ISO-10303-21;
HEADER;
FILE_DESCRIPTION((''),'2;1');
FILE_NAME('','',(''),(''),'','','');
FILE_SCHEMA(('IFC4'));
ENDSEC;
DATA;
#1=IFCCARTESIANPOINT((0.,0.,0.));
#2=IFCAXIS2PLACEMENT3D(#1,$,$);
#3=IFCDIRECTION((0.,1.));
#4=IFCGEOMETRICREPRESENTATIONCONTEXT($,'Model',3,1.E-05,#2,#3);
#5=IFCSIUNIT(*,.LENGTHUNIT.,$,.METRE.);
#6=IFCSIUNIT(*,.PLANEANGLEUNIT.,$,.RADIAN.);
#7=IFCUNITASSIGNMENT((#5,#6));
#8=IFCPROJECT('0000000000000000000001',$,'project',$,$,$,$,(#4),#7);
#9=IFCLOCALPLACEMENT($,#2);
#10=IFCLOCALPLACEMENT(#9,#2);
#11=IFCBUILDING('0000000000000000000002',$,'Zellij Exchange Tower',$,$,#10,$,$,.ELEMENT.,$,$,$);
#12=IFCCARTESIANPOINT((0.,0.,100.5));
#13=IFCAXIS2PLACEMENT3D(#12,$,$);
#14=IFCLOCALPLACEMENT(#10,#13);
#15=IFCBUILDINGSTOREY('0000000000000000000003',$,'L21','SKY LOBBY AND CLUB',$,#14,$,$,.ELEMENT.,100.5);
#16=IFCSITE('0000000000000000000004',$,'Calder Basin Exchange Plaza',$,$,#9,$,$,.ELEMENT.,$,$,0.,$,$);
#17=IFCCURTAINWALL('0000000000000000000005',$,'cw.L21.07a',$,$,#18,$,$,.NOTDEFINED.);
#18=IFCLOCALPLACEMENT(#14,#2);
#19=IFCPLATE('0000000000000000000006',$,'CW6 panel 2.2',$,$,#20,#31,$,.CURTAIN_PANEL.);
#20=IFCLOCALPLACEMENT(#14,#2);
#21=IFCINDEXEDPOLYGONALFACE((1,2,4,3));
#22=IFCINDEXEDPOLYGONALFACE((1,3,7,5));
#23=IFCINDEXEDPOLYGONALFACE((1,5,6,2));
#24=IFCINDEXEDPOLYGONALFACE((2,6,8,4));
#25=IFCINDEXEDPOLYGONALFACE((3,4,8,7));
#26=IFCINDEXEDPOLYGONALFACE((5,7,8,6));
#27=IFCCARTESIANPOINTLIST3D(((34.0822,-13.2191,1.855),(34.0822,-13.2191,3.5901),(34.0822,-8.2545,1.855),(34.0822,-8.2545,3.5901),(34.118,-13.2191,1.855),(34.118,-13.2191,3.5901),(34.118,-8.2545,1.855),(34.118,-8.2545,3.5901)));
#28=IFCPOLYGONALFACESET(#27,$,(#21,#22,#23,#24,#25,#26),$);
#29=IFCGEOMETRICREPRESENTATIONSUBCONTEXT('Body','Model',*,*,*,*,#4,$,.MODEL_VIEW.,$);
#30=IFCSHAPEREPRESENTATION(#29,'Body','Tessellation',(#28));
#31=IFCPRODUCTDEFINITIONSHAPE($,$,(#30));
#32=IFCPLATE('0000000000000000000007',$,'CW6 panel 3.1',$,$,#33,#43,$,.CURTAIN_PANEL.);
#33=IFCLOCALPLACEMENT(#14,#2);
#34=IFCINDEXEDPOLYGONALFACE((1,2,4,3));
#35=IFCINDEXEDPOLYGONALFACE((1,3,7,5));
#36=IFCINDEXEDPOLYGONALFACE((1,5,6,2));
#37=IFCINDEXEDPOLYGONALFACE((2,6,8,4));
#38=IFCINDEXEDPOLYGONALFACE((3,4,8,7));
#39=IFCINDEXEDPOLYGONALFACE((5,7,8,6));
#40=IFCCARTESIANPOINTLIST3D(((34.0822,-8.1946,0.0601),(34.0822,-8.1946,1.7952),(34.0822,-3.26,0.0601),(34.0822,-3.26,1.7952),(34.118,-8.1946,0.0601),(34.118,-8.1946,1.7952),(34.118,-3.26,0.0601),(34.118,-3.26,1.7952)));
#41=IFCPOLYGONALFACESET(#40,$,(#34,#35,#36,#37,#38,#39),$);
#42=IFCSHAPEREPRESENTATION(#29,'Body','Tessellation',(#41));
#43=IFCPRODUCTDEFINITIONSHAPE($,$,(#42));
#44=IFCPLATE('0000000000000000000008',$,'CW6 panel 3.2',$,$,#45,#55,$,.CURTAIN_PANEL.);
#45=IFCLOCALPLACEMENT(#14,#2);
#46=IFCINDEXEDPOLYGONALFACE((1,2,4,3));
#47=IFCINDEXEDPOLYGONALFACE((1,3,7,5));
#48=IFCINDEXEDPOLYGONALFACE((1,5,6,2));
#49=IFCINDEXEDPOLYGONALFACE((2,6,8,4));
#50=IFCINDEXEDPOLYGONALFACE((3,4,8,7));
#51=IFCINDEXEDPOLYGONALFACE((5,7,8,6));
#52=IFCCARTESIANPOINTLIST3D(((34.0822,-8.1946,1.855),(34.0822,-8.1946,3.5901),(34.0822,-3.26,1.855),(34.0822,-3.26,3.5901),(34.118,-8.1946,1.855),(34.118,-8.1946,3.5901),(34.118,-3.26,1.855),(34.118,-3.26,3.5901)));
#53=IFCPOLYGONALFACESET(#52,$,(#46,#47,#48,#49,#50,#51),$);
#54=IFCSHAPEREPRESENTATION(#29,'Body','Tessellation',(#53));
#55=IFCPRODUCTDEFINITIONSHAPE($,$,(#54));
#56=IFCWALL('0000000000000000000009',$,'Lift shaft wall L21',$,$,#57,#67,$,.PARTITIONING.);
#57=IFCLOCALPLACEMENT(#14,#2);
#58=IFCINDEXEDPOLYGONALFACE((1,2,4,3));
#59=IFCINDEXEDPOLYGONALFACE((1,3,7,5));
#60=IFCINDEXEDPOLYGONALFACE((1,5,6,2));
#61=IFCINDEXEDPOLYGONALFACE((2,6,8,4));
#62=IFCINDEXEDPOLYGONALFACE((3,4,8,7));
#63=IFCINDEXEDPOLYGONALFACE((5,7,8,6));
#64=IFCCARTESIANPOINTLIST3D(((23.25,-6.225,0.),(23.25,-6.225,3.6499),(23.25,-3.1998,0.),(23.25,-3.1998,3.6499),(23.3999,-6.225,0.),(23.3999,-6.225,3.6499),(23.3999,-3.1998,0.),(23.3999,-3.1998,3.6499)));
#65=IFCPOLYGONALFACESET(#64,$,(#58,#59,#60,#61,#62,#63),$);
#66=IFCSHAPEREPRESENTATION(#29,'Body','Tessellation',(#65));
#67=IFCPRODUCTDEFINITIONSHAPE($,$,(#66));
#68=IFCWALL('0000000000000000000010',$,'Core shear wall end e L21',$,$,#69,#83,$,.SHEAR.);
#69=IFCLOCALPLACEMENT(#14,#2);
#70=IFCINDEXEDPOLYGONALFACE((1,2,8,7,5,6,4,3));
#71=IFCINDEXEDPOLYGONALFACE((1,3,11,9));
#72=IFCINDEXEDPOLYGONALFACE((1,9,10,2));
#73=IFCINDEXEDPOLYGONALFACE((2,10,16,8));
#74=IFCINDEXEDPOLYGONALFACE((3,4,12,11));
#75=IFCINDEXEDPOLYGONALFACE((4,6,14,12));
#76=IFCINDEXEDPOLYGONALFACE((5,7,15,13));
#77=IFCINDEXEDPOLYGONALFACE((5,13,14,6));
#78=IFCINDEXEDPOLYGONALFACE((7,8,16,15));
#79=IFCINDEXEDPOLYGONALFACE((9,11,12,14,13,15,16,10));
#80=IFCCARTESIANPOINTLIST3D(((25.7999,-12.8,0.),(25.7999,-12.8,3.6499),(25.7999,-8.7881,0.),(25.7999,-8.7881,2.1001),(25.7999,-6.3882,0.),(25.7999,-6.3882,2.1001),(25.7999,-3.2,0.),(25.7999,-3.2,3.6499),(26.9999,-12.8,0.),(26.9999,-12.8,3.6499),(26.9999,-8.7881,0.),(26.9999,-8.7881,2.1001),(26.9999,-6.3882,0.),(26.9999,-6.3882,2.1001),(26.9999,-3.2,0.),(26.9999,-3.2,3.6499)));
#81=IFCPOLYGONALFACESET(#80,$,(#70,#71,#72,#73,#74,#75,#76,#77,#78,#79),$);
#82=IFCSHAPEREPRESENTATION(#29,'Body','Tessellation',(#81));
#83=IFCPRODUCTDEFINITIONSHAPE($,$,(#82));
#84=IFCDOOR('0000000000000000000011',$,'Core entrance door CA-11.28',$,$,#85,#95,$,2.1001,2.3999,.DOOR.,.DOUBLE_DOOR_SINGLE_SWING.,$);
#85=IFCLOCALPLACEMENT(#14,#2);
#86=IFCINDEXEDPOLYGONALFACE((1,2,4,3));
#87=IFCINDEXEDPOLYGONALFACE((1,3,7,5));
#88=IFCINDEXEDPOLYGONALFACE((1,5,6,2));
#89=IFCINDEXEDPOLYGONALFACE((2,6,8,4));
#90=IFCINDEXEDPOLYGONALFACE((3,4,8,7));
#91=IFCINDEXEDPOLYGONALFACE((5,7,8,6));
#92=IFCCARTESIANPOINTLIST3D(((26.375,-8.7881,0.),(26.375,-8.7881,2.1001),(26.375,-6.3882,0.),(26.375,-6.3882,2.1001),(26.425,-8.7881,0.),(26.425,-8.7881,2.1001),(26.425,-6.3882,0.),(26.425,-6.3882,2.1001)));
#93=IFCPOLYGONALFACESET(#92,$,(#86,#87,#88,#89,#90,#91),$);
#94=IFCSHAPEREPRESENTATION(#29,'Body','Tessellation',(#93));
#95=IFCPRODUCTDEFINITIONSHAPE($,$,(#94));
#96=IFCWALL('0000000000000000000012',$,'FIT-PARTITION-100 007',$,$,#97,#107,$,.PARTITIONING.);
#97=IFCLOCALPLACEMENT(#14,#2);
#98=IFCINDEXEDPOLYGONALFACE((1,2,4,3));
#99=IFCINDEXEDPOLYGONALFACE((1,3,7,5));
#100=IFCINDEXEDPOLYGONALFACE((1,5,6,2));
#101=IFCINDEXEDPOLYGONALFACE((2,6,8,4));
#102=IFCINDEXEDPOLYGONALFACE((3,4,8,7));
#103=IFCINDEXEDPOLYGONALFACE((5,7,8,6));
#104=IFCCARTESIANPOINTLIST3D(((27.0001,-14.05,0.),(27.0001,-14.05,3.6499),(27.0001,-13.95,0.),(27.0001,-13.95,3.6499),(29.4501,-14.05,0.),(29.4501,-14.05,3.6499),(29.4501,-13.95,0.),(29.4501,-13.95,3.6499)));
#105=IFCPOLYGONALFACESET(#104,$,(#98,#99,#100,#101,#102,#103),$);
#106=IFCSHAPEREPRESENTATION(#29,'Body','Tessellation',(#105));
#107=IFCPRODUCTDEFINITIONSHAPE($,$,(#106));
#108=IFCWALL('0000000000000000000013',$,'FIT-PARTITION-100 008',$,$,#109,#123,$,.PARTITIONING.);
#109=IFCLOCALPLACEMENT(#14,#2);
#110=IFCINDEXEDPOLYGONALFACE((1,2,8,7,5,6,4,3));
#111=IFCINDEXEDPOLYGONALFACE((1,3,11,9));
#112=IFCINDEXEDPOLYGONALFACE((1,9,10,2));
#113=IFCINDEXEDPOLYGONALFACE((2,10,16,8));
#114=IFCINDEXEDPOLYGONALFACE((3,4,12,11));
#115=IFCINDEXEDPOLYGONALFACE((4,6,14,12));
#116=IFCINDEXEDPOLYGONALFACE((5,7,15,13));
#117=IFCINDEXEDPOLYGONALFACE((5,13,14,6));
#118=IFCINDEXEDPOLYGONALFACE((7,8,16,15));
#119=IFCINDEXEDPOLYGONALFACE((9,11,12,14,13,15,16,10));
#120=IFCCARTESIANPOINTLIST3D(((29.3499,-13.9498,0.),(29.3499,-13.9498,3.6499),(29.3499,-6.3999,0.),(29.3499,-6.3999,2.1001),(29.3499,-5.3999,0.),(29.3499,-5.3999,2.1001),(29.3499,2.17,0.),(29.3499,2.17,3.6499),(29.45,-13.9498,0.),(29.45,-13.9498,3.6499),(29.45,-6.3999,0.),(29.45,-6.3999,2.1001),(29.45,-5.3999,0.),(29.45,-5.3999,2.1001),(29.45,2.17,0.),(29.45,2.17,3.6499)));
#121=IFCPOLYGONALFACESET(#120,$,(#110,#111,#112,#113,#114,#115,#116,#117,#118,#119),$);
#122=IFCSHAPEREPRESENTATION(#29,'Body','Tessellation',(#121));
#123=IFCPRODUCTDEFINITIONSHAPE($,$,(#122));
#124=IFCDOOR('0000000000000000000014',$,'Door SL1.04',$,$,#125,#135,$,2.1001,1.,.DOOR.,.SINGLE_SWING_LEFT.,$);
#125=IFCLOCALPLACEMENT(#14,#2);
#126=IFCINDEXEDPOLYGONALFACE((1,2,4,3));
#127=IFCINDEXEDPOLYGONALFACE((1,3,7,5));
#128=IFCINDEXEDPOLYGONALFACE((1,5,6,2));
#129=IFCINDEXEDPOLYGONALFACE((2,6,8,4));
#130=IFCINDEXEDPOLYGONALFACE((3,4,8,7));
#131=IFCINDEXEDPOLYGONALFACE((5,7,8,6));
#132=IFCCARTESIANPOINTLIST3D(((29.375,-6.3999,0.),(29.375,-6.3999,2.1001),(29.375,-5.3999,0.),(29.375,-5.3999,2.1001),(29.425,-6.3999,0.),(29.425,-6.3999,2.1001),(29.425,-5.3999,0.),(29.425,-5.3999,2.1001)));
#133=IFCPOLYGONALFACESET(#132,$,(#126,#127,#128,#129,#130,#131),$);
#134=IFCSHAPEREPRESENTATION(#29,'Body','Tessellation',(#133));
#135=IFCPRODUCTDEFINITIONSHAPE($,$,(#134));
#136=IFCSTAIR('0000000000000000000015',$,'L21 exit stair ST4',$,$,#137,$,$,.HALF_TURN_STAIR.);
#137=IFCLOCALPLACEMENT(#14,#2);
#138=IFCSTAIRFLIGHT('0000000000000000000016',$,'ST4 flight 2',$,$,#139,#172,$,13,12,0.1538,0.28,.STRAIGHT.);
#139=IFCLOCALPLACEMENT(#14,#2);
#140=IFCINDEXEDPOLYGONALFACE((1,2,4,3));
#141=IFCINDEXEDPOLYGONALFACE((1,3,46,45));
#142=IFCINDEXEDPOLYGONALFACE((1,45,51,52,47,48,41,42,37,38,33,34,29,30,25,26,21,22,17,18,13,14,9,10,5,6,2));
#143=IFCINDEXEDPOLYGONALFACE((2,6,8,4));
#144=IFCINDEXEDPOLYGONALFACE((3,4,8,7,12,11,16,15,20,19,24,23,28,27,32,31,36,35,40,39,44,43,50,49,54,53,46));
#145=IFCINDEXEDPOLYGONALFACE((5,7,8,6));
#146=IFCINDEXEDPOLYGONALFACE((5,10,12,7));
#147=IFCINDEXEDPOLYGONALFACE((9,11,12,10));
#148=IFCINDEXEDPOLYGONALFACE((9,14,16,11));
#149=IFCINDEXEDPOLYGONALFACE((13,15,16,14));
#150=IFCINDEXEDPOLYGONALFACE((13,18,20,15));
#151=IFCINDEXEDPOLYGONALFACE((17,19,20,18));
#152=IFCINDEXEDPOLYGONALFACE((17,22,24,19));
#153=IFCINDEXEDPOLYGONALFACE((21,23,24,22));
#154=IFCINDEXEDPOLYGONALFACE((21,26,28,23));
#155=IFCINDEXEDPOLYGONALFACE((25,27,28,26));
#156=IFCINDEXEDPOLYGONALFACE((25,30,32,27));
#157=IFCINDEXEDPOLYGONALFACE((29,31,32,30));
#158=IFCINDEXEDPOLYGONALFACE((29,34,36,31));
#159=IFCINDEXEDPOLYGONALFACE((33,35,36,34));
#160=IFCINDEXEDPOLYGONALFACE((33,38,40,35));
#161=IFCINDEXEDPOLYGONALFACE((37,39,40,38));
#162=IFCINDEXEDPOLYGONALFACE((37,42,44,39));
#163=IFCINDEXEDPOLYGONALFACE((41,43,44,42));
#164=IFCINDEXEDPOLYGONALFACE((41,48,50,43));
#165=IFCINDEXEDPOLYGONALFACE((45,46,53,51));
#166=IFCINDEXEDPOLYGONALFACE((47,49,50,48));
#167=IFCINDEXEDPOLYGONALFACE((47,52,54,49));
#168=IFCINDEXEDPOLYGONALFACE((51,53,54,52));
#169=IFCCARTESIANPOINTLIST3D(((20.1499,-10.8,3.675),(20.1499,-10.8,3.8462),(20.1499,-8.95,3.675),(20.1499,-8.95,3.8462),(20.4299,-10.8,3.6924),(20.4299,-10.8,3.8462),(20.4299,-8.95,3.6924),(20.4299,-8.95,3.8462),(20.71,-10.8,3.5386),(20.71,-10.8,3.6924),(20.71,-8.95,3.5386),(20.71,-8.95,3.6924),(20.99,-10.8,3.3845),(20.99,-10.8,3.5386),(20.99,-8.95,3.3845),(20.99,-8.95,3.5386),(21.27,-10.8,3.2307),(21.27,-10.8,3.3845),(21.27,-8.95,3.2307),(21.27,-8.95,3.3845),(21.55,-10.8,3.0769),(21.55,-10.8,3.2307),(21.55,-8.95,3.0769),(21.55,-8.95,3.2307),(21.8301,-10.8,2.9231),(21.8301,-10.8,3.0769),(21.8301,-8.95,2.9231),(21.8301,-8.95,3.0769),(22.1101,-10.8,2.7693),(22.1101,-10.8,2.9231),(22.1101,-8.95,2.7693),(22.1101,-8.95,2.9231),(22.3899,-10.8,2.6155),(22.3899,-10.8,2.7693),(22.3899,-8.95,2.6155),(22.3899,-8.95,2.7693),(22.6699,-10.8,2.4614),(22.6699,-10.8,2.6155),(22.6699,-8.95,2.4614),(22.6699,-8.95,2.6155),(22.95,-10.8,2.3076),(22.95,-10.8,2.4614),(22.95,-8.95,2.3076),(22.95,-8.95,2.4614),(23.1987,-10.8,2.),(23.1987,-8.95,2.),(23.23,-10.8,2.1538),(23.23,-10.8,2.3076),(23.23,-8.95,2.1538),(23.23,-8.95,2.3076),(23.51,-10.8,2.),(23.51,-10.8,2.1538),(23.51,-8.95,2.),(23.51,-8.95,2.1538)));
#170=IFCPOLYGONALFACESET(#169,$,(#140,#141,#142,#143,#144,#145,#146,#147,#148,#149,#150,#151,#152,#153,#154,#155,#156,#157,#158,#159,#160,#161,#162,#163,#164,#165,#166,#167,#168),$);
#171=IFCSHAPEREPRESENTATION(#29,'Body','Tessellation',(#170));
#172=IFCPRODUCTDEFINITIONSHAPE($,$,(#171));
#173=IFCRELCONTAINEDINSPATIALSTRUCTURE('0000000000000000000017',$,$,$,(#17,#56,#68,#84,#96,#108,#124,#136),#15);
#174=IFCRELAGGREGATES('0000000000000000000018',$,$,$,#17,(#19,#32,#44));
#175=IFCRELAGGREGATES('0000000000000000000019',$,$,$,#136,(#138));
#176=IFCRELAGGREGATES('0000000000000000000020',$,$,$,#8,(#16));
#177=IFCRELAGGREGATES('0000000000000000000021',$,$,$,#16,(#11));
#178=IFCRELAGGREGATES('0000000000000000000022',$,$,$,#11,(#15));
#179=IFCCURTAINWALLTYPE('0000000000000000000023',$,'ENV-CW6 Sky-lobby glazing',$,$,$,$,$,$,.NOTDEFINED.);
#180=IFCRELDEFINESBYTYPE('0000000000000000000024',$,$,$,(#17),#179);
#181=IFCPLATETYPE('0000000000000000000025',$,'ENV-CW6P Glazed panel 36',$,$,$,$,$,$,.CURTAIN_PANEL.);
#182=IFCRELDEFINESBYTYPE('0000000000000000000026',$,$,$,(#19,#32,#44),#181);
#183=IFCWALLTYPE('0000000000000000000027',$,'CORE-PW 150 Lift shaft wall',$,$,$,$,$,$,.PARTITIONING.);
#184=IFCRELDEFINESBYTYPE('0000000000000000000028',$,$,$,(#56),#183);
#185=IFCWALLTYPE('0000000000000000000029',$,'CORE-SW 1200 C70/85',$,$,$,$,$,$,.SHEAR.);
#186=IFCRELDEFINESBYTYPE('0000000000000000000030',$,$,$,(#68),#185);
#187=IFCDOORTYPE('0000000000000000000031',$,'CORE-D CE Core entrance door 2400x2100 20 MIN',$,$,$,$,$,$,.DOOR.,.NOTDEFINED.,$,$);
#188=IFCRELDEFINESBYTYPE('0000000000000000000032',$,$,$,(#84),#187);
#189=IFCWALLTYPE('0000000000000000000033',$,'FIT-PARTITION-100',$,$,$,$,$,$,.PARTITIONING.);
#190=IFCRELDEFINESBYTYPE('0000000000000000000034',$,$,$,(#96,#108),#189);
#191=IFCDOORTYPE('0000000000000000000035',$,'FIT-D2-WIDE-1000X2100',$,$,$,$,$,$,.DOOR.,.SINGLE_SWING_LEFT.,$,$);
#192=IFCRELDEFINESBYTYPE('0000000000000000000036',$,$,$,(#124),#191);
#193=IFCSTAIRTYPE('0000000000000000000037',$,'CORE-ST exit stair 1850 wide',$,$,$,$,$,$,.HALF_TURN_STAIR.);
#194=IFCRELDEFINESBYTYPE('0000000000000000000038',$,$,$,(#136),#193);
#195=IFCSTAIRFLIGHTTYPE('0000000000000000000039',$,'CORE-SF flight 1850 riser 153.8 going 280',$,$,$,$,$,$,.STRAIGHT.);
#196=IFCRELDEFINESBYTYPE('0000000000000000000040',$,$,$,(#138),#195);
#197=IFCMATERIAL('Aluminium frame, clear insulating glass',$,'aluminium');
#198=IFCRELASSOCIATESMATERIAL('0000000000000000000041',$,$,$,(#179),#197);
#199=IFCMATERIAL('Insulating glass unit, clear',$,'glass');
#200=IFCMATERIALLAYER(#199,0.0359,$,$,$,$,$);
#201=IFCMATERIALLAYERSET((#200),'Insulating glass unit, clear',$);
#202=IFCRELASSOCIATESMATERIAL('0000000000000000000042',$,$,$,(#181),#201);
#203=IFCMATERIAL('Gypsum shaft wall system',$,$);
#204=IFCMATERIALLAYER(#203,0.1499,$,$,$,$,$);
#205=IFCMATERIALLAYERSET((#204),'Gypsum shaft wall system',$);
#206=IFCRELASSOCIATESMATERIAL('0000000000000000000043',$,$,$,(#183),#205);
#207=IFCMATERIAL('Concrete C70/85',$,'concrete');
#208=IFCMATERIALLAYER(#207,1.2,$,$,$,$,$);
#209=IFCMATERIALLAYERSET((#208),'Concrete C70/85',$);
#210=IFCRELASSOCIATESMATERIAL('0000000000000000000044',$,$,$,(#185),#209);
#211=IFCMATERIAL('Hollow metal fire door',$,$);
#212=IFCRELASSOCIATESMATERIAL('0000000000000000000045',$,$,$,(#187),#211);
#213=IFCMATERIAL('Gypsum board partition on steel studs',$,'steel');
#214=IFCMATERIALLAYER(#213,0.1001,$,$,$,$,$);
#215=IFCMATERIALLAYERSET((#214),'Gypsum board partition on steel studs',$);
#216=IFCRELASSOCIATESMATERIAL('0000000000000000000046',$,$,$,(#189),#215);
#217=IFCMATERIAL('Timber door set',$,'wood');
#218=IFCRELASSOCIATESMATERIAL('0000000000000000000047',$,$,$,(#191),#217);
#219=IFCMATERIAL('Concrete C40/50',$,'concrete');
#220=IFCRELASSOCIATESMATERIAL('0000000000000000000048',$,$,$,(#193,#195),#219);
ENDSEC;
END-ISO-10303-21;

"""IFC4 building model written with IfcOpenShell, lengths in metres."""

from ifc_helpers import new_model, si_unit, direction, frame, frame_2d, origin, origin_2d, place, context, subcontext, project, spatial, polyline, rectangle, outline, extrude, material, layer, layer_set, type_object, element, fill, aggregate, save


model = new_model("IFC4")

# Units and contexts
model_context = context("Model", 3, precision=1e-05, world=origin(), true_north=direction((0.0, 1.0)))
body_context = subcontext(model_context, "Body", "Model", "MODEL_VIEW")
ifc_project = project(units=[si_unit("LENGTHUNIT", "METRE"), si_unit("PLANEANGLEUNIT", "RADIAN")], contexts=[model_context])

# Site, building, storey
site_placement = place(None, origin())
site = spatial("IfcSite", under=ifc_project, at=site_placement, Name="Calder Basin Exchange Plaza", CompositionType="ELEMENT", RefElevation=0.0)
building_placement = place(site_placement, origin())
building = spatial("IfcBuilding", under=site, at=building_placement, Name="Zellij Exchange Tower", CompositionType="ELEMENT")
storey_placement = place(building_placement, frame((0.0, 0.0, 100.5)))
storey = spatial("IfcBuildingStorey", under=building, at=storey_placement, Name="L21", Description="SKY LOBBY AND CLUB", CompositionType="ELEMENT", Elevation=100.5)

# Shared definitions
ifc_material_1 = material(Name="Concrete C70/85", Category="concrete")

# Curtain wall
ifc_material_2 = material(Name="Aluminium frame, clear insulating glass", Category="aluminium")
curtain_wall_type = type_object("IfcCurtainWallType", Name="ENV-CW6 Sky-lobby glazing", PredefinedType="NOTDEFINED", material=ifc_material_2)
curtain_wall_placement = place(storey_placement, origin())
curtain_wall = element("IfcCurtainWall", 1, at=curtain_wall_placement, inside=storey, type_object=curtain_wall_type, Name="cw.L21.07a", PredefinedType="NOTDEFINED")

# Plates
ifc_material_3 = material(Name="Insulating glass unit, clear", Category="glass")
ifc_layer_1 = layer(ifc_material_3, 0.0359)
ifc_layer_set_1 = layer_set([ifc_layer_1], Name="Insulating glass unit, clear")
plate_type = type_object("IfcPlateType", Name="ENV-CW6P Glazed panel 36", PredefinedType="CURTAIN_PANEL", material=ifc_layer_set_1)
plate_1_placement = place(storey_placement, frame((34.1001, -10.7368, 1.855), z_axis=(0.0, 0.0, 1.0), x_axis=(0.0, 1.0, 0.0)))
plate_1 = element("IfcPlate", 2, at=plate_1_placement, type_object=plate_type, Name="CW6 panel 2.2", PredefinedType="CURTAIN_PANEL", context=body_context, shape_type="SweptSolid", body=[
    extrude(rectangle(XDim=4.9646, YDim=0.0359, at=origin_2d()), origin(), (0.0, 0.0, 1.0), 1.7351),
])
plate_2_placement = place(storey_placement, frame((34.1001, -5.7273, 0.0601), z_axis=(0.0, 0.0, 1.0), x_axis=(0.0, 1.0, 0.0)))
plate_2 = element("IfcPlate", 3, at=plate_2_placement, type_object=plate_type, Name="CW6 panel 3.1", PredefinedType="CURTAIN_PANEL", context=body_context, shape_type="SweptSolid", body=[
    extrude(rectangle(XDim=4.9346, YDim=0.0359, at=origin_2d()), origin(), (0.0, 0.0, 1.0), 1.7351),
])
plate_3_placement = place(storey_placement, frame((34.1001, -5.7273, 1.855), z_axis=(0.0, 0.0, 1.0), x_axis=(0.0, 1.0, 0.0)))
plate_3 = element("IfcPlate", 4, at=plate_3_placement, type_object=plate_type, Name="CW6 panel 3.2", PredefinedType="CURTAIN_PANEL", context=body_context, shape_type="SweptSolid", body=[
    extrude(rectangle(XDim=4.9346, YDim=0.0359, at=origin_2d()), origin(), (0.0, 0.0, 1.0), 1.7351),
])
aggregate(curtain_wall, [plate_1, plate_2, plate_3])

# Wall
ifc_material_4 = material(Name="Gypsum shaft wall system")
ifc_layer_2 = layer(ifc_material_4, 0.1499)
ifc_layer_set_2 = layer_set([ifc_layer_2], Name="Gypsum shaft wall system")
wall_type_1 = type_object("IfcWallType", Name="CORE-PW 150 Lift shaft wall", PredefinedType="PARTITIONING", material=ifc_layer_set_2)
wall_1_placement = place(storey_placement, frame((23.325, -6.2251, 0.0), z_axis=(0.0, 0.0, 1.0), x_axis=(0.0, 1.0, 0.0)))
element("IfcWall", 5, at=wall_1_placement, inside=storey, type_object=wall_type_1, Name="Lift shaft wall L21", PredefinedType="PARTITIONING", context=body_context, shape_type="SweptSolid", body=[
    extrude(rectangle(XDim=3.0251, YDim=0.1499, at=frame_2d((1.5127, 0.0))), origin(), (0.0, 0.0, 1.0), 3.6499),
])

# Wall, opening, door
ifc_layer_3 = layer(ifc_material_1, 1.2)
ifc_layer_set_3 = layer_set([ifc_layer_3], Name="Concrete C70/85")
wall_type_2 = type_object("IfcWallType", Name="CORE-SW 1200 C70/85", PredefinedType="SHEAR", material=ifc_layer_set_3)
wall_2_placement = place(storey_placement, frame((26.3999, -12.8, 0.0), z_axis=(0.0, 0.0, 1.0), x_axis=(0.0, 1.0, 0.0)))
wall_2 = element("IfcWall", 6, at=wall_2_placement, inside=storey, type_object=wall_type_2, Name="Core shear wall end e L21", PredefinedType="SHEAR", context=body_context, shape_type="SweptSolid", body=[
    extrude(rectangle(XDim=9.6001, YDim=1.2, at=frame_2d((4.8, 0.0))), origin(), (0.0, 0.0, 1.0), 3.6499),
])
opening_1_placement = place(wall_2_placement, frame((4.012, 0.0, 0.0)))
opening_1 = element("IfcOpeningElement", 7, at=opening_1_placement, cuts=wall_2, PredefinedType="OPENING", context=body_context, shape_type="SweptSolid", body=[
    extrude(rectangle(XDim=2.3999, YDim=2.1001, at=frame_2d((1.2, 1.05))), frame((0.0, 0.6118, 0.0), z_axis=(0.0, -1.0, 0.0), x_axis=(1.0, 0.0, 0.0)), (0.0, 0.0, 1.0), 1.2239),
])
ifc_material_5 = material(Name="Hollow metal fire door")
door_type_1 = type_object("IfcDoorType", Name="CORE-D CE Core entrance door 2400x2100 20 MIN", OperationType="NOTDEFINED", PredefinedType="DOOR", material=ifc_material_5)
door_1_placement = place(opening_1_placement, origin())
door_1 = element("IfcDoor", 8, at=door_1_placement, inside=storey, type_object=door_type_1, Name="Core entrance door CA-11.28", OperationType="DOUBLE_DOOR_SINGLE_SWING", OverallHeight=2.1001, OverallWidth=2.3999, PredefinedType="DOOR", context=body_context, shape_type="SweptSolid", body=[
    extrude(rectangle(XDim=2.3999, YDim=2.1001, at=frame_2d((1.2, 1.05))), frame((0.0, 0.0249, 0.0), z_axis=(0.0, -1.0, 0.0), x_axis=(1.0, 0.0, 0.0)), (0.0, 0.0, 1.0), 0.05),
])
fill(opening_1, door_1)

# Wall
ifc_material_6 = material(Name="Gypsum board partition on steel studs", Category="steel")
ifc_layer_4 = layer(ifc_material_6, 0.1001)
ifc_layer_set_4 = layer_set([ifc_layer_4], Name="Gypsum board partition on steel studs")
wall_type_3 = type_object("IfcWallType", Name="FIT-PARTITION-100", PredefinedType="PARTITIONING", material=ifc_layer_set_4)
wall_3_placement = place(storey_placement, frame((27.0, -14.0, 0.0), z_axis=(0.0, 0.0, 1.0), x_axis=(1.0, 0.0, 0.0)))
element("IfcWall", 9, at=wall_3_placement, inside=storey, type_object=wall_type_3, Name="FIT-PARTITION-100 007", PredefinedType="PARTITIONING", context=body_context, shape_type="SweptSolid", body=[
    extrude(rectangle(XDim=2.45, YDim=0.1001, at=frame_2d((1.2251, 0.0))), origin(), (0.0, 0.0, 1.0), 3.6499),
])

# Wall, opening, door
wall_4_placement = place(storey_placement, frame((29.3999, -13.95, 0.0), z_axis=(0.0, 0.0, 1.0), x_axis=(0.0, 1.0, 0.0)))
wall_4 = element("IfcWall", 10, at=wall_4_placement, inside=storey, type_object=wall_type_3, Name="FIT-PARTITION-100 008", PredefinedType="PARTITIONING", context=body_context, shape_type="SweptSolid", body=[
    extrude(rectangle(XDim=16.1199, YDim=0.1001, at=frame_2d((8.0601, 0.0))), origin(), (0.0, 0.0, 1.0), 3.6499),
])
opening_2_placement = place(wall_4_placement, frame((7.55, 0.0, 0.0)))
opening_2 = element("IfcOpeningElement", 11, at=opening_2_placement, cuts=wall_4, PredefinedType="OPENING", context=body_context, shape_type="SweptSolid", body=[
    extrude(rectangle(XDim=1.0, YDim=2.1001, at=frame_2d((0.5, 1.05))), frame((0.0, 0.062, 0.0), z_axis=(0.0, -1.0, 0.0), x_axis=(1.0, 0.0, 0.0)), (0.0, 0.0, 1.0), 0.124),
])
ifc_material_7 = material(Name="Timber door set", Category="wood")
door_type_2 = type_object("IfcDoorType", Name="FIT-D2-WIDE-1000X2100", OperationType="SINGLE_SWING_LEFT", PredefinedType="DOOR", material=ifc_material_7)
door_2_placement = place(opening_2_placement, origin())
door_2 = element("IfcDoor", 12, at=door_2_placement, inside=storey, type_object=door_type_2, Name="Door SL1.04", OperationType="SINGLE_SWING_LEFT", OverallHeight=2.1001, OverallWidth=1.0, PredefinedType="DOOR", context=body_context, shape_type="SweptSolid", body=[
    extrude(rectangle(XDim=1.0, YDim=2.1001, at=frame_2d((0.5, 1.05))), frame((0.0, 0.0249, 0.0), z_axis=(0.0, -1.0, 0.0), x_axis=(1.0, 0.0, 0.0)), (0.0, 0.0, 1.0), 0.05),
])
fill(opening_2, door_2)

# Stair, stair flight
ifc_material_8 = material(Name="Concrete C40/50", Category="concrete")
stair_type = type_object("IfcStairType", Name="CORE-ST exit stair 1850 wide", PredefinedType="HALF_TURN_STAIR", material=ifc_material_8)
stair_placement = place(storey_placement, origin())
stair = element("IfcStair", 13, at=stair_placement, inside=storey, type_object=stair_type, Name="L21 exit stair ST4", PredefinedType="HALF_TURN_STAIR")
stair_flight_type = type_object("IfcStairFlightType", Name="CORE-SF flight 1850 riser 153.8 going 280", PredefinedType="STRAIGHT", material=ifc_material_8)
stair_flight_placement = place(storey_placement, frame((23.51, -9.875, 2.0), z_axis=(0.0, 0.0, 1.0), x_axis=(-1.0, 0.0, 0.0)))
stair_flight = element("IfcStairFlight", 14, at=stair_flight_placement, type_object=stair_flight_type, Name="ST4 flight 2", NumberOfRisers=13, NumberOfTreads=12, PredefinedType="STRAIGHT", RiserHeight=0.1538, TreadLength=0.28, context=body_context, shape_type="SweptSolid", body=[
    extrude(outline(polyline([(0.0, 0.0), (0.0, 0.1538), (0.28, 0.1538), (0.28, 0.3076), (0.5601, 0.3076), (0.5601, 0.4614), (0.8401, 0.4614), (0.8401, 0.6155), (1.1201, 0.6155), (1.1201, 0.7693), (1.3999, 0.7693), (1.3999, 0.9231), (1.6799, 0.9231), (1.6799, 1.0769), (1.96, 1.0769), (1.96, 1.2307), (2.24, 1.2307), (2.24, 1.3845), (2.52, 1.3845), (2.52, 1.5386), (2.8, 1.5386), (2.8, 1.6924), (3.0801, 1.6924), (3.0801, 1.8462), (3.3601, 1.8462), (3.3601, 2.0), (3.3601, 1.675), (0.3113, 0.0), (0.0, 0.0)])), frame((0.0, 0.925, 0.0), z_axis=(0.0, -1.0, 0.0), x_axis=(1.0, 0.0, 0.0)), (0.0, 0.0, 1.0), 1.8501),
])
aggregate(stair, [stair_flight])

save(model, "model.ifc")
